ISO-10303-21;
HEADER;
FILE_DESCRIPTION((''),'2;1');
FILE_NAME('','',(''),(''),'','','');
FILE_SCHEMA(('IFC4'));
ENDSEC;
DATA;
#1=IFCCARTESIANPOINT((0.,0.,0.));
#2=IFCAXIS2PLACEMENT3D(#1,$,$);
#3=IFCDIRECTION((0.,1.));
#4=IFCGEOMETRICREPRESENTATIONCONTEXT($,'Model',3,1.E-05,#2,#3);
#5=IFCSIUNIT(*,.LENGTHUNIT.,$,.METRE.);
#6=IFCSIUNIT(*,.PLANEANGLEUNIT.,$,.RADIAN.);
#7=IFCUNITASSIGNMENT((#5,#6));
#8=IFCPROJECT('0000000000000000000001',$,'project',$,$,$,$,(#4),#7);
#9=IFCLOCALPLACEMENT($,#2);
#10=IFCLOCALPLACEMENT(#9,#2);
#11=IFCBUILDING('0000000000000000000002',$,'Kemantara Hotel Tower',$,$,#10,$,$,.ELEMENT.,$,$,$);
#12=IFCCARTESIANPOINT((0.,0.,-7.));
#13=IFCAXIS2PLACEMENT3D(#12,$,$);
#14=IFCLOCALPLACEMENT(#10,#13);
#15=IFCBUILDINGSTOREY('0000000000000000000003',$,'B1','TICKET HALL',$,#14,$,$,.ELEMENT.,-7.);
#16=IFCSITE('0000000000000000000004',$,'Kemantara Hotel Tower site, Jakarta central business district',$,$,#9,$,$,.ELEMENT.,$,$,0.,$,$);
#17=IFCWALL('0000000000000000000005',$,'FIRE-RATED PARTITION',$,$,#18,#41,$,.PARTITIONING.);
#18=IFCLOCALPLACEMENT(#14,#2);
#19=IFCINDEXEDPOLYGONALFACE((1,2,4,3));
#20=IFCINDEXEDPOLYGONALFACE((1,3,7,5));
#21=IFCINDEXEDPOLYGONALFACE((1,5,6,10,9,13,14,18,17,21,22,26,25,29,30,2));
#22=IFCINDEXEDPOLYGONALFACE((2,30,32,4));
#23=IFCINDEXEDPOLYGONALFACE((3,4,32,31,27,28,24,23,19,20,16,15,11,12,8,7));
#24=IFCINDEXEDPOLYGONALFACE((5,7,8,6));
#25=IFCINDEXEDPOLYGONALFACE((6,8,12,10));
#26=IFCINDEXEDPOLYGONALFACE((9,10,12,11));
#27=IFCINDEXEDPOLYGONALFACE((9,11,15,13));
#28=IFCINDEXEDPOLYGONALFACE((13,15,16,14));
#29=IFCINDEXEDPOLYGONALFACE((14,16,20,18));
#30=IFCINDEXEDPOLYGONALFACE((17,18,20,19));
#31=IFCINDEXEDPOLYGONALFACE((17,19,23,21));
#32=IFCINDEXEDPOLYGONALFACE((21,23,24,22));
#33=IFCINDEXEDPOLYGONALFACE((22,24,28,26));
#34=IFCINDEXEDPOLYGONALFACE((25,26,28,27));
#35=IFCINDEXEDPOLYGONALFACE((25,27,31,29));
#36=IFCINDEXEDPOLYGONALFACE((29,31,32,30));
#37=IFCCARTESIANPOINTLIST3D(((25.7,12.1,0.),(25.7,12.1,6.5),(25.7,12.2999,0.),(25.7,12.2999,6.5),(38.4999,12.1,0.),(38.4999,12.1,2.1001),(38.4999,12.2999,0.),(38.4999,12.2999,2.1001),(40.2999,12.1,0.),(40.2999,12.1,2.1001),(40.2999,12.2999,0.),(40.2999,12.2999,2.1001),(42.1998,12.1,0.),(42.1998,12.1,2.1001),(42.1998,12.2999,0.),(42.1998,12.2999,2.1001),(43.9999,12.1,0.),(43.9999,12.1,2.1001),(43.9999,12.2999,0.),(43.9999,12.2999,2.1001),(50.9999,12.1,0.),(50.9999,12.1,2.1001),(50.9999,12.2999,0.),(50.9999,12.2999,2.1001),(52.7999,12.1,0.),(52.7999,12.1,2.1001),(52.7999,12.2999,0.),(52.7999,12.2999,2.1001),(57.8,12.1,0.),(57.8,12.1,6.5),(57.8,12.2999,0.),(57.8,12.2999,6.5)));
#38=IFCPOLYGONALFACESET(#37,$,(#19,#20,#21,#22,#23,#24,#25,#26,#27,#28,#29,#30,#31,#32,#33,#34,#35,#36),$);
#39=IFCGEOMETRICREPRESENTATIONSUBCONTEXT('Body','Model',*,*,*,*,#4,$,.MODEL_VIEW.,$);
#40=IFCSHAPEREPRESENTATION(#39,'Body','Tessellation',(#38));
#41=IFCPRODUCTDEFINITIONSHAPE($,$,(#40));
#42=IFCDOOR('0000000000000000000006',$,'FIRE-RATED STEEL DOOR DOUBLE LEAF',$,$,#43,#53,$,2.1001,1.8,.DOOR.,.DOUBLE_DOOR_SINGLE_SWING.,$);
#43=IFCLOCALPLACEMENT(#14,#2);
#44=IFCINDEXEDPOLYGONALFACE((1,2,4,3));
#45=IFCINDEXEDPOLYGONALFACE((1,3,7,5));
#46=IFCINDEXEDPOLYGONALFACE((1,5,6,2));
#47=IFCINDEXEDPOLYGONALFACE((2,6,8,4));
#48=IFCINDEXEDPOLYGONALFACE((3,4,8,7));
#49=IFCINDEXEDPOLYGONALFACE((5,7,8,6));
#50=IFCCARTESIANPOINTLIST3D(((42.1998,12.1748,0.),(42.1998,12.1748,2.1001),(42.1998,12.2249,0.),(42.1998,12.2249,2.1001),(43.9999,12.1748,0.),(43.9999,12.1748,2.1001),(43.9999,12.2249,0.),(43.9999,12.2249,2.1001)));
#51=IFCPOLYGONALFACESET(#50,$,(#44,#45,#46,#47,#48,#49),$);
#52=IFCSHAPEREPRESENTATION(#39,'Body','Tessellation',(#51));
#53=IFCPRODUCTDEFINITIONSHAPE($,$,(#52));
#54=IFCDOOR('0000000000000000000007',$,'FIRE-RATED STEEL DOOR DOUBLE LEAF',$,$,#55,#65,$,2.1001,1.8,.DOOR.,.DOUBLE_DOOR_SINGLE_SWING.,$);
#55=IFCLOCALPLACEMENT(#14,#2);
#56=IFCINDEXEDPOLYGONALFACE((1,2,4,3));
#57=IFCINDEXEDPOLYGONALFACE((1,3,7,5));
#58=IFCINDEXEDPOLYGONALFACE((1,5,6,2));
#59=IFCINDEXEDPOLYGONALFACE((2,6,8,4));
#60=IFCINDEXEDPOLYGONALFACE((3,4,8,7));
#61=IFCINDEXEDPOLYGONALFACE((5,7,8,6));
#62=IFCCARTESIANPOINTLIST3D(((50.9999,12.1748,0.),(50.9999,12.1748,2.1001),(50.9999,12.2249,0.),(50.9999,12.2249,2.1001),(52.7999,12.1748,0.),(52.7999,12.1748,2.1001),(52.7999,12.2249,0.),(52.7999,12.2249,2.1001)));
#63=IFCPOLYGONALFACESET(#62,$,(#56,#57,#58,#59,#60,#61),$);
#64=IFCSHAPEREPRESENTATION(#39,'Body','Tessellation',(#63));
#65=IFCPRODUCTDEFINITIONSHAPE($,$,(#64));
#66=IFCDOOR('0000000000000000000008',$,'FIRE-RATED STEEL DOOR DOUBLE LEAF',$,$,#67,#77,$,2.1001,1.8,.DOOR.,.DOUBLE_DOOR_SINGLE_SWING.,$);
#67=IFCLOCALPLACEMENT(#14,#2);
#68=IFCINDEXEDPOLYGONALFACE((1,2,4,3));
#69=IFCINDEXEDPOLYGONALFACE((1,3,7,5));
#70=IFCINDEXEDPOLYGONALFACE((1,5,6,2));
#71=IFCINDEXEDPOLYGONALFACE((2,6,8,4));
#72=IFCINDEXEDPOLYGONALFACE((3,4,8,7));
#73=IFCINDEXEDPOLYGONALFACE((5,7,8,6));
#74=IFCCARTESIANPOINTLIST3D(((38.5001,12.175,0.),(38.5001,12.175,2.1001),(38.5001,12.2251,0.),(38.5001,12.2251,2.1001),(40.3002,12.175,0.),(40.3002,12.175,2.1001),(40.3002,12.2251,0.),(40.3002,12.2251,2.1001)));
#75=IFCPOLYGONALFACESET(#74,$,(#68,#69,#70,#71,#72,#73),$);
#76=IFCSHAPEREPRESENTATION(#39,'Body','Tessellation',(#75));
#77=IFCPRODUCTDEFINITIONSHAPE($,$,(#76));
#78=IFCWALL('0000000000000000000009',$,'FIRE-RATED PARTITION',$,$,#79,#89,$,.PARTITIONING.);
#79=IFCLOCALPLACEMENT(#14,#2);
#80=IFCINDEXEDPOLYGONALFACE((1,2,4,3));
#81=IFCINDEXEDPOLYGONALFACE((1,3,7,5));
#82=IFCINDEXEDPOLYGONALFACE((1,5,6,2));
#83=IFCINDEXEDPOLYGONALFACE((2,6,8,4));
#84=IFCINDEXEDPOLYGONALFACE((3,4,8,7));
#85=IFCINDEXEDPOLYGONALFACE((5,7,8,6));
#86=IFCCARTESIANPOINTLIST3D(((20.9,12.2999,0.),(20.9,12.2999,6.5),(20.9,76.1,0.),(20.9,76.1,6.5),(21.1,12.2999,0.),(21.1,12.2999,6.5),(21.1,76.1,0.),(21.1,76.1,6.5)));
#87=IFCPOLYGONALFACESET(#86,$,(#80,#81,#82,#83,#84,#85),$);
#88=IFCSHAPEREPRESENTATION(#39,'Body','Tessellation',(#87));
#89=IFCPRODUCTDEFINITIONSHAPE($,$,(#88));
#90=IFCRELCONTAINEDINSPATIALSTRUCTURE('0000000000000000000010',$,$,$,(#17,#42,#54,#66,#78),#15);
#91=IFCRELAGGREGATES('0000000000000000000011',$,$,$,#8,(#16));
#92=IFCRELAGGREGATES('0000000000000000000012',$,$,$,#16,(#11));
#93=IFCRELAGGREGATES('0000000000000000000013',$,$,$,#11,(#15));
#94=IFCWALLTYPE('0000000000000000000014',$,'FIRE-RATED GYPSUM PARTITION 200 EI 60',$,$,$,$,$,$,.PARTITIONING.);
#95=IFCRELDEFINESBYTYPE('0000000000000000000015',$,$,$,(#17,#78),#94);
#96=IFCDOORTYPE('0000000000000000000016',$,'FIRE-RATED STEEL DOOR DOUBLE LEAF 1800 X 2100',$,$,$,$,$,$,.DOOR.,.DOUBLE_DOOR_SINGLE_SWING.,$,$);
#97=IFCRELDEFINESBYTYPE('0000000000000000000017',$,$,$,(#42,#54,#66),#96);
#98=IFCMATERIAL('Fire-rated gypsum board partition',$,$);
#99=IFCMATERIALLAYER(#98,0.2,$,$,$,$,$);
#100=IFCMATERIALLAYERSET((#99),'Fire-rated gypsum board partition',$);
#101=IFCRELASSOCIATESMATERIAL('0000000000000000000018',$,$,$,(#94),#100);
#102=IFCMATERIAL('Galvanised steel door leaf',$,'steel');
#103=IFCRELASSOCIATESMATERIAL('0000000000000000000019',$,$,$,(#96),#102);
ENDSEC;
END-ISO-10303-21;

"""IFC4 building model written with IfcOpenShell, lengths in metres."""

from ifc_helpers import new_model, si_unit, direction, frame, frame_2d, origin, place, context, subcontext, project, spatial, rectangle, extrude, material, layer, layer_set, type_object, element, fill, save


model = new_model("IFC4")

# Units and contexts
model_context = context("Model", 3, precision=1e-05, world=origin(), true_north=direction((0.0, 1.0)))
body_context = subcontext(model_context, "Body", "Model", "MODEL_VIEW")
ifc_project = project(units=[si_unit("LENGTHUNIT", "METRE"), si_unit("PLANEANGLEUNIT", "RADIAN")], contexts=[model_context])

# Site, building, storey
site_placement = place(None, origin())
site = spatial("IfcSite", under=ifc_project, at=site_placement, Name="Kemantara Hotel Tower site, Jakarta central business district", CompositionType="ELEMENT", RefElevation=0.0)
building_placement = place(site_placement, origin())
building = spatial("IfcBuilding", under=site, at=building_placement, Name="Kemantara Hotel Tower", CompositionType="ELEMENT")
storey_placement = place(building_placement, frame((0.0, 0.0, -7.0)))
storey = spatial("IfcBuildingStorey", under=building, at=storey_placement, Name="B1", Description="TICKET HALL", CompositionType="ELEMENT", Elevation=-7.0)

# Wall, openings, doors
ifc_material_1 = material(Name="Fire-rated gypsum board partition")
ifc_layer_1 = layer(ifc_material_1, 0.2)
ifc_layer_set_1 = layer_set([ifc_layer_1], Name="Fire-rated gypsum board partition")
wall_type_1 = type_object("IfcWallType", Name="FIRE-RATED GYPSUM PARTITION 200 EI 60", PredefinedType="PARTITIONING", material=ifc_layer_set_1)
wall_1_placement = place(storey_placement, frame((25.7, 12.2, 0.0), z_axis=(0.0, 0.0, 1.0), x_axis=(1.0, 0.0, 0.0)))
wall_1 = element("IfcWall", 1, at=wall_1_placement, inside=storey, type_object=wall_type_1, Name="FIRE-RATED PARTITION", PredefinedType="PARTITIONING", context=body_context, shape_type="SweptSolid", body=[
    extrude(rectangle(XDim=32.1001, YDim=0.2, at=frame_2d((16.05, 0.0))), origin(), (0.0, 0.0, 1.0), 6.5),
])
opening_1_placement = place(wall_1_placement, frame((16.5, 0.0, 0.0)))
opening_1 = element("IfcOpeningElement", 2, at=opening_1_placement, cuts=wall_1, PredefinedType="OPENING", context=body_context, shape_type="SweptSolid", body=[
    extrude(rectangle(XDim=1.8, YDim=2.1001, at=frame_2d((0.8999, 1.05))), frame((0.0, 0.1099, 0.0), z_axis=(0.0, -1.0, 0.0), x_axis=(1.0, 0.0, 0.0)), (0.0, 0.0, 1.0), 0.22),
])
opening_2_placement = place(wall_1_placement, frame((25.3, 0.0, 0.0)))
opening_2 = element("IfcOpeningElement", 3, at=opening_2_placement, cuts=wall_1, PredefinedType="OPENING", context=body_context, shape_type="SweptSolid", body=[
    extrude(rectangle(XDim=1.8, YDim=2.1001, at=frame_2d((0.8999, 1.05))), frame((0.0, 0.1099, 0.0), z_axis=(0.0, -1.0, 0.0), x_axis=(1.0, 0.0, 0.0)), (0.0, 0.0, 1.0), 0.22),
])
opening_3_placement = place(wall_1_placement, frame((12.8, 0.0, 0.0)))
opening_3 = element("IfcOpeningElement", 4, at=opening_3_placement, cuts=wall_1, PredefinedType="OPENING", context=body_context, shape_type="SweptSolid", body=[
    extrude(rectangle(XDim=1.8, YDim=2.1001, at=frame_2d((0.8999, 1.05))), frame((0.0, 0.1099, 0.0), z_axis=(0.0, -1.0, 0.0), x_axis=(1.0, 0.0, 0.0)), (0.0, 0.0, 1.0), 0.22),
])
ifc_material_2 = material(Name="Galvanised steel door leaf", Category="steel")
door_type_1 = type_object("IfcDoorType", Name="FIRE-RATED STEEL DOOR DOUBLE LEAF 1800 X 2100", OperationType="DOUBLE_DOOR_SINGLE_SWING", PredefinedType="DOOR", material=ifc_material_2)
door_1_placement = place(opening_1_placement, origin())
door_1 = element("IfcDoor", 5, at=door_1_placement, inside=storey, type_object=door_type_1, Name="FIRE-RATED STEEL DOOR DOUBLE LEAF", OperationType="DOUBLE_DOOR_SINGLE_SWING", OverallHeight=2.1001, OverallWidth=1.8, PredefinedType="DOOR", context=body_context, shape_type="SweptSolid", body=[
    extrude(rectangle(XDim=1.8, YDim=2.1001, at=frame_2d((0.8999, 1.05))), frame((0.0, 0.0249, 0.0), z_axis=(0.0, -1.0, 0.0), x_axis=(1.0, 0.0, 0.0)), (0.0, 0.0, 1.0), 0.05),
])
fill(opening_1, door_1)
door_2_placement = place(opening_2_placement, origin())
door_2 = element("IfcDoor", 6, at=door_2_placement, inside=storey, type_object=door_type_1, Name="FIRE-RATED STEEL DOOR DOUBLE LEAF", OperationType="DOUBLE_DOOR_SINGLE_SWING", OverallHeight=2.1001, OverallWidth=1.8, PredefinedType="DOOR", context=body_context, shape_type="SweptSolid", body=[
    extrude(rectangle(XDim=1.8, YDim=2.1001, at=frame_2d((0.8999, 1.05))), frame((0.0, 0.0249, 0.0), z_axis=(0.0, -1.0, 0.0), x_axis=(1.0, 0.0, 0.0)), (0.0, 0.0, 1.0), 0.05),
])
fill(opening_2, door_2)
door_3_placement = place(opening_3_placement, frame((1.8, 0.0, 0.0), z_axis=(0.0, 0.0, 1.0), x_axis=(-1.0, 0.0, 0.0)))
door_3 = element("IfcDoor", 7, at=door_3_placement, inside=storey, type_object=door_type_1, Name="FIRE-RATED STEEL DOOR DOUBLE LEAF", OperationType="DOUBLE_DOOR_SINGLE_SWING", OverallHeight=2.1001, OverallWidth=1.8, PredefinedType="DOOR", context=body_context, shape_type="SweptSolid", body=[
    extrude(rectangle(XDim=1.8, YDim=2.1001, at=frame_2d((0.8999, 1.05))), frame((0.0, 0.0249, 0.0), z_axis=(0.0, -1.0, 0.0), x_axis=(1.0, 0.0, 0.0)), (0.0, 0.0, 1.0), 0.05),
])
fill(opening_3, door_3)

# Wall
wall_2_placement = place(storey_placement, frame((21.0, 12.3, 0.0), z_axis=(0.0, 0.0, 1.0), x_axis=(0.0, 1.0, 0.0)))
element("IfcWall", 8, at=wall_2_placement, inside=storey, type_object=wall_type_1, Name="FIRE-RATED PARTITION", PredefinedType="PARTITIONING", context=body_context, shape_type="SweptSolid", body=[
    extrude(rectangle(XDim=63.8, YDim=0.2, at=frame_2d((31.8999, 0.0))), origin(), (0.0, 0.0, 1.0), 6.5),
])

save(model, "model.ifc")
